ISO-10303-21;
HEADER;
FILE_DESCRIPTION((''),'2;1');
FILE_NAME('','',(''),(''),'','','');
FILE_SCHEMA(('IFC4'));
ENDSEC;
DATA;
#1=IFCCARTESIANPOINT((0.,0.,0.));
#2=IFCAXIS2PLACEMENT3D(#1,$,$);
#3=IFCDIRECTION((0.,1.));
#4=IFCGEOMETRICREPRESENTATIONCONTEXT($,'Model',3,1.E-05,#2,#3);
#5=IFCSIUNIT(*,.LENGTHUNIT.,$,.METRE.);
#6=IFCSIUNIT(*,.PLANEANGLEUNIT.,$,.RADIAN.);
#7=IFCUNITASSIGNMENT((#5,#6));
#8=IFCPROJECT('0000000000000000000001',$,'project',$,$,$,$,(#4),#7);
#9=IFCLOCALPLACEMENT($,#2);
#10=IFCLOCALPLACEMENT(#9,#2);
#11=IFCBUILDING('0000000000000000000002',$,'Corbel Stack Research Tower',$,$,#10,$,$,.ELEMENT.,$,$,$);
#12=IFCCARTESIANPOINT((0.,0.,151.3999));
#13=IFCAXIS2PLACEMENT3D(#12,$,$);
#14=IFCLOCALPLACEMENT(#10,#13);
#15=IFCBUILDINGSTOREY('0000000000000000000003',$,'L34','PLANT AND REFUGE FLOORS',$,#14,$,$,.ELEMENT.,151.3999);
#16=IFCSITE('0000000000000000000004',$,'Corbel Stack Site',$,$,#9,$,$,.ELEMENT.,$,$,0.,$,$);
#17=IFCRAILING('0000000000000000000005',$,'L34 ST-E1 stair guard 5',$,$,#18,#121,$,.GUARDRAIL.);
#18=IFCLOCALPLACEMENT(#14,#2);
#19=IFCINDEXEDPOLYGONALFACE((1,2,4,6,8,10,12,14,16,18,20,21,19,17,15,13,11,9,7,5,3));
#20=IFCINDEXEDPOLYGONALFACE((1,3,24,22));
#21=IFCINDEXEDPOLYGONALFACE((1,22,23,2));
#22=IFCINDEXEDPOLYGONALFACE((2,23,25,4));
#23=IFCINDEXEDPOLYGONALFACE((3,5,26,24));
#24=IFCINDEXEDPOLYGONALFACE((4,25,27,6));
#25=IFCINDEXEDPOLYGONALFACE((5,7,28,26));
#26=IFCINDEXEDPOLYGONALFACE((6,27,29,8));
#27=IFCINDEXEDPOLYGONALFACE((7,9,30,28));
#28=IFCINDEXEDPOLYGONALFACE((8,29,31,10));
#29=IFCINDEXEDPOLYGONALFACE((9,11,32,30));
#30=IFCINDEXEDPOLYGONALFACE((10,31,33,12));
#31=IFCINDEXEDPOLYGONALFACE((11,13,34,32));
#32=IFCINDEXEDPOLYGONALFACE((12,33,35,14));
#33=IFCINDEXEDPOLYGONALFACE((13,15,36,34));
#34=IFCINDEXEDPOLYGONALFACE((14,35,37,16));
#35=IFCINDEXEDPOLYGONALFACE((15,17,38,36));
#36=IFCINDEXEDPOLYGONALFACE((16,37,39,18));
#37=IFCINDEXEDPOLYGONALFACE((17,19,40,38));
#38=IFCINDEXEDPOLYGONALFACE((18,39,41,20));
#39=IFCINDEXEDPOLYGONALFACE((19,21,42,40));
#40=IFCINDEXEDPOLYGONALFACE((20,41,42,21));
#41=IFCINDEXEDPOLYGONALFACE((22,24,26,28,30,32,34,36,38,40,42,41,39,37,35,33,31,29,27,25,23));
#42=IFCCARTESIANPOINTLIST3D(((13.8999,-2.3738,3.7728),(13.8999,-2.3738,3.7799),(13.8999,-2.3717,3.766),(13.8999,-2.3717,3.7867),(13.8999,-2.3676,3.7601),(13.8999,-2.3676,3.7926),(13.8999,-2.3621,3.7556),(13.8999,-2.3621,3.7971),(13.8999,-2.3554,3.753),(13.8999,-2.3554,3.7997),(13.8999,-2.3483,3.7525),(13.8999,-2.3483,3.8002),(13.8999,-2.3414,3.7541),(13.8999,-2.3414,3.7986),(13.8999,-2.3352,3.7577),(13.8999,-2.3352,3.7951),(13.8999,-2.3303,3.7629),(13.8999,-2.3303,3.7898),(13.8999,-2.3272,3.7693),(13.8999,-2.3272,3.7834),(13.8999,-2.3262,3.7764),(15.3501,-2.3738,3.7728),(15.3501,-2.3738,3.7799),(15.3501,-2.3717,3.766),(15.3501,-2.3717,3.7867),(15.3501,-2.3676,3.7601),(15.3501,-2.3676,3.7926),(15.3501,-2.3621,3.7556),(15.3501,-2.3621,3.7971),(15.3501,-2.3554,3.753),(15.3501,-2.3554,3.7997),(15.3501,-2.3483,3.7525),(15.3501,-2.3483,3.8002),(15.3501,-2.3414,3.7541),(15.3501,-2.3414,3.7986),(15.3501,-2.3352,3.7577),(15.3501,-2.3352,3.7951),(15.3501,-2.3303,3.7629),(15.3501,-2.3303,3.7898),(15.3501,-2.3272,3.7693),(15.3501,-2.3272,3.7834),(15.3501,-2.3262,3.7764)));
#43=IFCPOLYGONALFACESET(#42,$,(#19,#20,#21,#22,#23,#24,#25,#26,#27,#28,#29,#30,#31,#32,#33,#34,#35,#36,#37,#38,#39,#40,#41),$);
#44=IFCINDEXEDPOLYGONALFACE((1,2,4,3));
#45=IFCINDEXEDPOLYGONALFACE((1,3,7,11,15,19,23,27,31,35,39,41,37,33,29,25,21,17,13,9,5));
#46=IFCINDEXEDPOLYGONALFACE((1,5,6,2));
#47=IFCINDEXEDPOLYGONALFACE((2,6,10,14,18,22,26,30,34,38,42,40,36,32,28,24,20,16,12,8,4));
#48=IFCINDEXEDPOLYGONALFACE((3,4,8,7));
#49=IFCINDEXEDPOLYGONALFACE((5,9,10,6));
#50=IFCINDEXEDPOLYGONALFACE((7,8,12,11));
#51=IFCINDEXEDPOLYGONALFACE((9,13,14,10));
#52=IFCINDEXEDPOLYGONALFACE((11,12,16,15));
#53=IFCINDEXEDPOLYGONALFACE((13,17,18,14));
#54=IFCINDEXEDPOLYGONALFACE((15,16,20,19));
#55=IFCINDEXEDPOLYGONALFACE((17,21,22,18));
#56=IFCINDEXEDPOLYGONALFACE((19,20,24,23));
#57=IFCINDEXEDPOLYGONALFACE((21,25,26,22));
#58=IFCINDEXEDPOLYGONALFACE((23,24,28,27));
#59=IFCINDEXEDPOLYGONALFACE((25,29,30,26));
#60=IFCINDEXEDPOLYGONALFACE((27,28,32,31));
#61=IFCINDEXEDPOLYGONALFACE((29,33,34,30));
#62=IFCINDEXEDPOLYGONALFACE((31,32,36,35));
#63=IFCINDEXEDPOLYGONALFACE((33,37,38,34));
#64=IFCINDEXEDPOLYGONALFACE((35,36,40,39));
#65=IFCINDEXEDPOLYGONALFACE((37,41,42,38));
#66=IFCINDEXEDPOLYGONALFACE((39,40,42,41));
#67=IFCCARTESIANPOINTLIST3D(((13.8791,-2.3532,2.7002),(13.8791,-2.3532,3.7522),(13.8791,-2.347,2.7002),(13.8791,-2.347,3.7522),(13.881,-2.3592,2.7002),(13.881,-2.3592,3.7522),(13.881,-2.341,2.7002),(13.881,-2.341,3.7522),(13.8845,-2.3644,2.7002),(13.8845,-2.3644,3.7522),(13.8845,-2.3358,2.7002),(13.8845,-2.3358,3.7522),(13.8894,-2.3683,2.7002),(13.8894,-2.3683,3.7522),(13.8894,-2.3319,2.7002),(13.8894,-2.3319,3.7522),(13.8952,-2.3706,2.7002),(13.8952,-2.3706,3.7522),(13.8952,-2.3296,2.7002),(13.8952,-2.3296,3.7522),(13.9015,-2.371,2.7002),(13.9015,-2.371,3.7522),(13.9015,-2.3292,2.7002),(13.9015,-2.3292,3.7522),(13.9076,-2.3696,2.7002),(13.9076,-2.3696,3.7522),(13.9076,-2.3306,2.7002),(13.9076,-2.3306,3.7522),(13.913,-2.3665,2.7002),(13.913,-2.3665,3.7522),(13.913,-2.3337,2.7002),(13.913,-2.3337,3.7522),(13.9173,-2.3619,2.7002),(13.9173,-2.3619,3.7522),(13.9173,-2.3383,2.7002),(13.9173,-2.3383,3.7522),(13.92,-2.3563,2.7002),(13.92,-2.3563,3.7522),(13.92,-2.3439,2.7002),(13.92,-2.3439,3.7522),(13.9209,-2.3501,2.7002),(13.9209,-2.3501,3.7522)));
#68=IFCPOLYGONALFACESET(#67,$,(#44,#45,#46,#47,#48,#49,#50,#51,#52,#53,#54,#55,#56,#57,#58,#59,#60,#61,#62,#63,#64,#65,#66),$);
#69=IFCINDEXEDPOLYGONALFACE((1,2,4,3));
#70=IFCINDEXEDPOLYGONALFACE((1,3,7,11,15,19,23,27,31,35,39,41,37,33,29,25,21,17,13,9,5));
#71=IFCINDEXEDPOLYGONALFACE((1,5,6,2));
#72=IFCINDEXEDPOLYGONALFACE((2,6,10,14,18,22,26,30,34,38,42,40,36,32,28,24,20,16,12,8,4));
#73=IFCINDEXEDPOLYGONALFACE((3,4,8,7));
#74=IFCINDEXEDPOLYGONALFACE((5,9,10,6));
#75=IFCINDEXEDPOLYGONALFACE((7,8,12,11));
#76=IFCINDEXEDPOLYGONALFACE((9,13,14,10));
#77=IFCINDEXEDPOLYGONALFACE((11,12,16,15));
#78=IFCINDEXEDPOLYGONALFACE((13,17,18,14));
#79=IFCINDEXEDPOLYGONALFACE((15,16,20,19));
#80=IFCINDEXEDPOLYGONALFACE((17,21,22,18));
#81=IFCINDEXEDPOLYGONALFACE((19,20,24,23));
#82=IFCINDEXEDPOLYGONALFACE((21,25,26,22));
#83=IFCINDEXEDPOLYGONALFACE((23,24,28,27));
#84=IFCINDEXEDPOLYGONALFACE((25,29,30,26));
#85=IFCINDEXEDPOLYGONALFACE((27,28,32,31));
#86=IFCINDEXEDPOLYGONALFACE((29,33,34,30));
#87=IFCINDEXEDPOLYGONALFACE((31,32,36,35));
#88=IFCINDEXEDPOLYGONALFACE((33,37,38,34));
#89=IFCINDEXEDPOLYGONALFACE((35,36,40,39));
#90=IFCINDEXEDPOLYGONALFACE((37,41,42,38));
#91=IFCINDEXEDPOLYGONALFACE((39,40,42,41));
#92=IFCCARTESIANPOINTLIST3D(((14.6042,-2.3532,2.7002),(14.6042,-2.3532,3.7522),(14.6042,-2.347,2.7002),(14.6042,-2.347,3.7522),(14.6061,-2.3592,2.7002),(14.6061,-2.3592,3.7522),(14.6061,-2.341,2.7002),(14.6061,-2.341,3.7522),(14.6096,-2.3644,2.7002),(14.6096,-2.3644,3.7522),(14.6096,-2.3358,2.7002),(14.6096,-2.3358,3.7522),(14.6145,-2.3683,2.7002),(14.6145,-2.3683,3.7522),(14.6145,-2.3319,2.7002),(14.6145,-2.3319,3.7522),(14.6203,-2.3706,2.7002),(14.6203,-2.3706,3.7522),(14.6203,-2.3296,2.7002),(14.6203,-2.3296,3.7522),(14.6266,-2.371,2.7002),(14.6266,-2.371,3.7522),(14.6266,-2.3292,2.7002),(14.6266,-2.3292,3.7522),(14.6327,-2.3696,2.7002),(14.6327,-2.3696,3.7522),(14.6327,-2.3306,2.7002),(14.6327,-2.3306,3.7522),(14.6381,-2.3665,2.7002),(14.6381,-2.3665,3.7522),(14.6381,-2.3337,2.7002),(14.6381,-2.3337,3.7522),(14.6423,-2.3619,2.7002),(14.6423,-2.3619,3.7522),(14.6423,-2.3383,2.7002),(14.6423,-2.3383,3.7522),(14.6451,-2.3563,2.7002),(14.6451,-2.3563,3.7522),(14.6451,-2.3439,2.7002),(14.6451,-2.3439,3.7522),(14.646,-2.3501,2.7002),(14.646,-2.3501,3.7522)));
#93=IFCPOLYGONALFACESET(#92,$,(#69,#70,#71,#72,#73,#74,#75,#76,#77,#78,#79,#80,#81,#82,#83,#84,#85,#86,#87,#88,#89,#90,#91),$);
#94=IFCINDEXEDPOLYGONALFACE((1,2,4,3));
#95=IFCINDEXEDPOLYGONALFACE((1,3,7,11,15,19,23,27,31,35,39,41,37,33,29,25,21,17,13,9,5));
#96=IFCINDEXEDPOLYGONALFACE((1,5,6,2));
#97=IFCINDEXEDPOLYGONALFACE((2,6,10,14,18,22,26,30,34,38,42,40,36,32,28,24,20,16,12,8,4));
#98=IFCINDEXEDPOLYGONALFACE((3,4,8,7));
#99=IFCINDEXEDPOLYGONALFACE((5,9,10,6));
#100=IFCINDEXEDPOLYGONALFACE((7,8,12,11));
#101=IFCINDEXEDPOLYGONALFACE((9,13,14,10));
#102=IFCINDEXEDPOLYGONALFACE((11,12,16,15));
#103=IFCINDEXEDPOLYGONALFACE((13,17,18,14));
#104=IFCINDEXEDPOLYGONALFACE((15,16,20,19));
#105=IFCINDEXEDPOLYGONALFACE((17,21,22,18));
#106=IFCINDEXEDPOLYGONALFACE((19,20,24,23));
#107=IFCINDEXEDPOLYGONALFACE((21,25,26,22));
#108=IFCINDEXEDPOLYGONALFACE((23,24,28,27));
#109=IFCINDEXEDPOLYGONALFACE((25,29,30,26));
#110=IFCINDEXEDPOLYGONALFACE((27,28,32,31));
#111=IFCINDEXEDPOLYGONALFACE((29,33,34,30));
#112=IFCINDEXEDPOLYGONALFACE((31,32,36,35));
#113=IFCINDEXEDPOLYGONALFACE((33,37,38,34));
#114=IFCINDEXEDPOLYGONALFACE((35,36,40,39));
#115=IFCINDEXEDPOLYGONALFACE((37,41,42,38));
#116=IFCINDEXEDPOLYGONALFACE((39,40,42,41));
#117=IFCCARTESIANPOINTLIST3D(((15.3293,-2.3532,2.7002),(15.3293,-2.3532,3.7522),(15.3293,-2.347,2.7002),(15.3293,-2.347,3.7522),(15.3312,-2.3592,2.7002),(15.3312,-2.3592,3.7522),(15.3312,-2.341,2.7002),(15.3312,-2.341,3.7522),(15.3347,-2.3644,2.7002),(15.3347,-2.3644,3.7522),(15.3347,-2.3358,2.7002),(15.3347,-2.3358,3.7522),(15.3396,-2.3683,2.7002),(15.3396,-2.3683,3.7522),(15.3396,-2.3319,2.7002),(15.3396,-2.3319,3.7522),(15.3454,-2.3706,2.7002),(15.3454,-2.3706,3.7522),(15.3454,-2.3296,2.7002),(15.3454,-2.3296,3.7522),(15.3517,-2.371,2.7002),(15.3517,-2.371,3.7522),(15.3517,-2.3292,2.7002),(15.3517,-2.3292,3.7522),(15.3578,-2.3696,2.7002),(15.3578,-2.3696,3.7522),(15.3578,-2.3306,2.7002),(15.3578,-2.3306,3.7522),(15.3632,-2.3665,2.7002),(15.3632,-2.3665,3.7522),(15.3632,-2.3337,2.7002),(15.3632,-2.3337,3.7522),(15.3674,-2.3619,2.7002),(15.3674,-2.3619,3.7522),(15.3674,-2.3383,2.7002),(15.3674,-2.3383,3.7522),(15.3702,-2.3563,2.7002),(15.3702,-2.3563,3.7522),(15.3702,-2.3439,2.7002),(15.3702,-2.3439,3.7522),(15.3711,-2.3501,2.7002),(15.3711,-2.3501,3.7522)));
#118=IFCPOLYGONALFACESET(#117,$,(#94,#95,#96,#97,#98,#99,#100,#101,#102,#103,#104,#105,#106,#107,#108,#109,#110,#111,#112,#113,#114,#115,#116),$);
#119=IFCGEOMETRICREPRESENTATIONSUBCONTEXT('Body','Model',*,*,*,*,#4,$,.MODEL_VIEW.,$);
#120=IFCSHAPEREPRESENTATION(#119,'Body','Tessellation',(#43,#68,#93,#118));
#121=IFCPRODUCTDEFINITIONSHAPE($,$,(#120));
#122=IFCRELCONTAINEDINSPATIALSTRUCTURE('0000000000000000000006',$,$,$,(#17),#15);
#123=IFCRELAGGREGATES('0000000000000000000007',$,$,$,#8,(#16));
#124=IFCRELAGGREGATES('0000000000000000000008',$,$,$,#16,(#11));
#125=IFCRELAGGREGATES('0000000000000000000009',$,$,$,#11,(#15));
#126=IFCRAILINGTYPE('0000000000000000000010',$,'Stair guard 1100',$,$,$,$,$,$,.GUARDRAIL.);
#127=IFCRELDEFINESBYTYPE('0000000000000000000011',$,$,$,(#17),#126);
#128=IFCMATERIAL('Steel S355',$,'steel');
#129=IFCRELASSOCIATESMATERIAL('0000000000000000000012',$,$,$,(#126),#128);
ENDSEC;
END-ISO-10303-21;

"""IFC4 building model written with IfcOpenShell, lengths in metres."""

from ifc_helpers import new_model, si_unit, direction, frame, origin, origin_2d, place, context, subcontext, project, spatial, circle, extrude, material, type_object, element, save


model = new_model("IFC4")

# Units and contexts
model_context = context("Model", 3, precision=1e-05, world=origin(), true_north=direction((0.0, 1.0)))
body_context = subcontext(model_context, "Body", "Model", "MODEL_VIEW")
ifc_project = project(units=[si_unit("LENGTHUNIT", "METRE"), si_unit("PLANEANGLEUNIT", "RADIAN")], contexts=[model_context])

# Site, building, storey
site_placement = place(None, origin())
site = spatial("IfcSite", under=ifc_project, at=site_placement, Name="Corbel Stack Site", CompositionType="ELEMENT", RefElevation=0.0)
building_placement = place(site_placement, origin())
building = spatial("IfcBuilding", under=site, at=building_placement, Name="Corbel Stack Research Tower", CompositionType="ELEMENT")
storey_placement = place(building_placement, frame((0.0, 0.0, 151.3999)))
storey = spatial("IfcBuildingStorey", under=building, at=storey_placement, Name="L34", Description="PLANT AND REFUGE FLOORS", CompositionType="ELEMENT", Elevation=151.3999)

# Railing
ifc_material_1 = material(Name="Steel S355", Category="steel")
railing_type_1 = type_object("IfcRailingType", Name="Stair guard 1100", PredefinedType="GUARDRAIL", material=ifc_material_1)
railing_1_placement = place(storey_placement, frame((13.8999, -2.3501, 2.7002)))
element("IfcRailing", 1, at=railing_1_placement, inside=storey, type_object=railing_type_1, Name="L34 ST-E1 stair guard 5", PredefinedType="GUARDRAIL", context=body_context, shape_type="SweptSolid", body=[
    extrude(circle(Radius=0.0239, at=origin_2d()), frame((0.0, 0.0, 1.0762), z_axis=(1.0, 0.0, 0.0), x_axis=(0.0, 1.0, 0.0)), (0.0, 0.0, 1.0), 1.4502),
    extrude(circle(Radius=0.021, at=origin_2d()), origin(), (0.0, 0.0, 1.0), 1.052),
    extrude(circle(Radius=0.021, at=origin_2d()), frame((0.7251, 0.0, 0.0)), (0.0, 0.0, 1.0), 1.052),
    extrude(circle(Radius=0.021, at=origin_2d()), frame((1.4502, 0.0, 0.0)), (0.0, 0.0, 1.0), 1.052),
])

save(model, "model.ifc")
